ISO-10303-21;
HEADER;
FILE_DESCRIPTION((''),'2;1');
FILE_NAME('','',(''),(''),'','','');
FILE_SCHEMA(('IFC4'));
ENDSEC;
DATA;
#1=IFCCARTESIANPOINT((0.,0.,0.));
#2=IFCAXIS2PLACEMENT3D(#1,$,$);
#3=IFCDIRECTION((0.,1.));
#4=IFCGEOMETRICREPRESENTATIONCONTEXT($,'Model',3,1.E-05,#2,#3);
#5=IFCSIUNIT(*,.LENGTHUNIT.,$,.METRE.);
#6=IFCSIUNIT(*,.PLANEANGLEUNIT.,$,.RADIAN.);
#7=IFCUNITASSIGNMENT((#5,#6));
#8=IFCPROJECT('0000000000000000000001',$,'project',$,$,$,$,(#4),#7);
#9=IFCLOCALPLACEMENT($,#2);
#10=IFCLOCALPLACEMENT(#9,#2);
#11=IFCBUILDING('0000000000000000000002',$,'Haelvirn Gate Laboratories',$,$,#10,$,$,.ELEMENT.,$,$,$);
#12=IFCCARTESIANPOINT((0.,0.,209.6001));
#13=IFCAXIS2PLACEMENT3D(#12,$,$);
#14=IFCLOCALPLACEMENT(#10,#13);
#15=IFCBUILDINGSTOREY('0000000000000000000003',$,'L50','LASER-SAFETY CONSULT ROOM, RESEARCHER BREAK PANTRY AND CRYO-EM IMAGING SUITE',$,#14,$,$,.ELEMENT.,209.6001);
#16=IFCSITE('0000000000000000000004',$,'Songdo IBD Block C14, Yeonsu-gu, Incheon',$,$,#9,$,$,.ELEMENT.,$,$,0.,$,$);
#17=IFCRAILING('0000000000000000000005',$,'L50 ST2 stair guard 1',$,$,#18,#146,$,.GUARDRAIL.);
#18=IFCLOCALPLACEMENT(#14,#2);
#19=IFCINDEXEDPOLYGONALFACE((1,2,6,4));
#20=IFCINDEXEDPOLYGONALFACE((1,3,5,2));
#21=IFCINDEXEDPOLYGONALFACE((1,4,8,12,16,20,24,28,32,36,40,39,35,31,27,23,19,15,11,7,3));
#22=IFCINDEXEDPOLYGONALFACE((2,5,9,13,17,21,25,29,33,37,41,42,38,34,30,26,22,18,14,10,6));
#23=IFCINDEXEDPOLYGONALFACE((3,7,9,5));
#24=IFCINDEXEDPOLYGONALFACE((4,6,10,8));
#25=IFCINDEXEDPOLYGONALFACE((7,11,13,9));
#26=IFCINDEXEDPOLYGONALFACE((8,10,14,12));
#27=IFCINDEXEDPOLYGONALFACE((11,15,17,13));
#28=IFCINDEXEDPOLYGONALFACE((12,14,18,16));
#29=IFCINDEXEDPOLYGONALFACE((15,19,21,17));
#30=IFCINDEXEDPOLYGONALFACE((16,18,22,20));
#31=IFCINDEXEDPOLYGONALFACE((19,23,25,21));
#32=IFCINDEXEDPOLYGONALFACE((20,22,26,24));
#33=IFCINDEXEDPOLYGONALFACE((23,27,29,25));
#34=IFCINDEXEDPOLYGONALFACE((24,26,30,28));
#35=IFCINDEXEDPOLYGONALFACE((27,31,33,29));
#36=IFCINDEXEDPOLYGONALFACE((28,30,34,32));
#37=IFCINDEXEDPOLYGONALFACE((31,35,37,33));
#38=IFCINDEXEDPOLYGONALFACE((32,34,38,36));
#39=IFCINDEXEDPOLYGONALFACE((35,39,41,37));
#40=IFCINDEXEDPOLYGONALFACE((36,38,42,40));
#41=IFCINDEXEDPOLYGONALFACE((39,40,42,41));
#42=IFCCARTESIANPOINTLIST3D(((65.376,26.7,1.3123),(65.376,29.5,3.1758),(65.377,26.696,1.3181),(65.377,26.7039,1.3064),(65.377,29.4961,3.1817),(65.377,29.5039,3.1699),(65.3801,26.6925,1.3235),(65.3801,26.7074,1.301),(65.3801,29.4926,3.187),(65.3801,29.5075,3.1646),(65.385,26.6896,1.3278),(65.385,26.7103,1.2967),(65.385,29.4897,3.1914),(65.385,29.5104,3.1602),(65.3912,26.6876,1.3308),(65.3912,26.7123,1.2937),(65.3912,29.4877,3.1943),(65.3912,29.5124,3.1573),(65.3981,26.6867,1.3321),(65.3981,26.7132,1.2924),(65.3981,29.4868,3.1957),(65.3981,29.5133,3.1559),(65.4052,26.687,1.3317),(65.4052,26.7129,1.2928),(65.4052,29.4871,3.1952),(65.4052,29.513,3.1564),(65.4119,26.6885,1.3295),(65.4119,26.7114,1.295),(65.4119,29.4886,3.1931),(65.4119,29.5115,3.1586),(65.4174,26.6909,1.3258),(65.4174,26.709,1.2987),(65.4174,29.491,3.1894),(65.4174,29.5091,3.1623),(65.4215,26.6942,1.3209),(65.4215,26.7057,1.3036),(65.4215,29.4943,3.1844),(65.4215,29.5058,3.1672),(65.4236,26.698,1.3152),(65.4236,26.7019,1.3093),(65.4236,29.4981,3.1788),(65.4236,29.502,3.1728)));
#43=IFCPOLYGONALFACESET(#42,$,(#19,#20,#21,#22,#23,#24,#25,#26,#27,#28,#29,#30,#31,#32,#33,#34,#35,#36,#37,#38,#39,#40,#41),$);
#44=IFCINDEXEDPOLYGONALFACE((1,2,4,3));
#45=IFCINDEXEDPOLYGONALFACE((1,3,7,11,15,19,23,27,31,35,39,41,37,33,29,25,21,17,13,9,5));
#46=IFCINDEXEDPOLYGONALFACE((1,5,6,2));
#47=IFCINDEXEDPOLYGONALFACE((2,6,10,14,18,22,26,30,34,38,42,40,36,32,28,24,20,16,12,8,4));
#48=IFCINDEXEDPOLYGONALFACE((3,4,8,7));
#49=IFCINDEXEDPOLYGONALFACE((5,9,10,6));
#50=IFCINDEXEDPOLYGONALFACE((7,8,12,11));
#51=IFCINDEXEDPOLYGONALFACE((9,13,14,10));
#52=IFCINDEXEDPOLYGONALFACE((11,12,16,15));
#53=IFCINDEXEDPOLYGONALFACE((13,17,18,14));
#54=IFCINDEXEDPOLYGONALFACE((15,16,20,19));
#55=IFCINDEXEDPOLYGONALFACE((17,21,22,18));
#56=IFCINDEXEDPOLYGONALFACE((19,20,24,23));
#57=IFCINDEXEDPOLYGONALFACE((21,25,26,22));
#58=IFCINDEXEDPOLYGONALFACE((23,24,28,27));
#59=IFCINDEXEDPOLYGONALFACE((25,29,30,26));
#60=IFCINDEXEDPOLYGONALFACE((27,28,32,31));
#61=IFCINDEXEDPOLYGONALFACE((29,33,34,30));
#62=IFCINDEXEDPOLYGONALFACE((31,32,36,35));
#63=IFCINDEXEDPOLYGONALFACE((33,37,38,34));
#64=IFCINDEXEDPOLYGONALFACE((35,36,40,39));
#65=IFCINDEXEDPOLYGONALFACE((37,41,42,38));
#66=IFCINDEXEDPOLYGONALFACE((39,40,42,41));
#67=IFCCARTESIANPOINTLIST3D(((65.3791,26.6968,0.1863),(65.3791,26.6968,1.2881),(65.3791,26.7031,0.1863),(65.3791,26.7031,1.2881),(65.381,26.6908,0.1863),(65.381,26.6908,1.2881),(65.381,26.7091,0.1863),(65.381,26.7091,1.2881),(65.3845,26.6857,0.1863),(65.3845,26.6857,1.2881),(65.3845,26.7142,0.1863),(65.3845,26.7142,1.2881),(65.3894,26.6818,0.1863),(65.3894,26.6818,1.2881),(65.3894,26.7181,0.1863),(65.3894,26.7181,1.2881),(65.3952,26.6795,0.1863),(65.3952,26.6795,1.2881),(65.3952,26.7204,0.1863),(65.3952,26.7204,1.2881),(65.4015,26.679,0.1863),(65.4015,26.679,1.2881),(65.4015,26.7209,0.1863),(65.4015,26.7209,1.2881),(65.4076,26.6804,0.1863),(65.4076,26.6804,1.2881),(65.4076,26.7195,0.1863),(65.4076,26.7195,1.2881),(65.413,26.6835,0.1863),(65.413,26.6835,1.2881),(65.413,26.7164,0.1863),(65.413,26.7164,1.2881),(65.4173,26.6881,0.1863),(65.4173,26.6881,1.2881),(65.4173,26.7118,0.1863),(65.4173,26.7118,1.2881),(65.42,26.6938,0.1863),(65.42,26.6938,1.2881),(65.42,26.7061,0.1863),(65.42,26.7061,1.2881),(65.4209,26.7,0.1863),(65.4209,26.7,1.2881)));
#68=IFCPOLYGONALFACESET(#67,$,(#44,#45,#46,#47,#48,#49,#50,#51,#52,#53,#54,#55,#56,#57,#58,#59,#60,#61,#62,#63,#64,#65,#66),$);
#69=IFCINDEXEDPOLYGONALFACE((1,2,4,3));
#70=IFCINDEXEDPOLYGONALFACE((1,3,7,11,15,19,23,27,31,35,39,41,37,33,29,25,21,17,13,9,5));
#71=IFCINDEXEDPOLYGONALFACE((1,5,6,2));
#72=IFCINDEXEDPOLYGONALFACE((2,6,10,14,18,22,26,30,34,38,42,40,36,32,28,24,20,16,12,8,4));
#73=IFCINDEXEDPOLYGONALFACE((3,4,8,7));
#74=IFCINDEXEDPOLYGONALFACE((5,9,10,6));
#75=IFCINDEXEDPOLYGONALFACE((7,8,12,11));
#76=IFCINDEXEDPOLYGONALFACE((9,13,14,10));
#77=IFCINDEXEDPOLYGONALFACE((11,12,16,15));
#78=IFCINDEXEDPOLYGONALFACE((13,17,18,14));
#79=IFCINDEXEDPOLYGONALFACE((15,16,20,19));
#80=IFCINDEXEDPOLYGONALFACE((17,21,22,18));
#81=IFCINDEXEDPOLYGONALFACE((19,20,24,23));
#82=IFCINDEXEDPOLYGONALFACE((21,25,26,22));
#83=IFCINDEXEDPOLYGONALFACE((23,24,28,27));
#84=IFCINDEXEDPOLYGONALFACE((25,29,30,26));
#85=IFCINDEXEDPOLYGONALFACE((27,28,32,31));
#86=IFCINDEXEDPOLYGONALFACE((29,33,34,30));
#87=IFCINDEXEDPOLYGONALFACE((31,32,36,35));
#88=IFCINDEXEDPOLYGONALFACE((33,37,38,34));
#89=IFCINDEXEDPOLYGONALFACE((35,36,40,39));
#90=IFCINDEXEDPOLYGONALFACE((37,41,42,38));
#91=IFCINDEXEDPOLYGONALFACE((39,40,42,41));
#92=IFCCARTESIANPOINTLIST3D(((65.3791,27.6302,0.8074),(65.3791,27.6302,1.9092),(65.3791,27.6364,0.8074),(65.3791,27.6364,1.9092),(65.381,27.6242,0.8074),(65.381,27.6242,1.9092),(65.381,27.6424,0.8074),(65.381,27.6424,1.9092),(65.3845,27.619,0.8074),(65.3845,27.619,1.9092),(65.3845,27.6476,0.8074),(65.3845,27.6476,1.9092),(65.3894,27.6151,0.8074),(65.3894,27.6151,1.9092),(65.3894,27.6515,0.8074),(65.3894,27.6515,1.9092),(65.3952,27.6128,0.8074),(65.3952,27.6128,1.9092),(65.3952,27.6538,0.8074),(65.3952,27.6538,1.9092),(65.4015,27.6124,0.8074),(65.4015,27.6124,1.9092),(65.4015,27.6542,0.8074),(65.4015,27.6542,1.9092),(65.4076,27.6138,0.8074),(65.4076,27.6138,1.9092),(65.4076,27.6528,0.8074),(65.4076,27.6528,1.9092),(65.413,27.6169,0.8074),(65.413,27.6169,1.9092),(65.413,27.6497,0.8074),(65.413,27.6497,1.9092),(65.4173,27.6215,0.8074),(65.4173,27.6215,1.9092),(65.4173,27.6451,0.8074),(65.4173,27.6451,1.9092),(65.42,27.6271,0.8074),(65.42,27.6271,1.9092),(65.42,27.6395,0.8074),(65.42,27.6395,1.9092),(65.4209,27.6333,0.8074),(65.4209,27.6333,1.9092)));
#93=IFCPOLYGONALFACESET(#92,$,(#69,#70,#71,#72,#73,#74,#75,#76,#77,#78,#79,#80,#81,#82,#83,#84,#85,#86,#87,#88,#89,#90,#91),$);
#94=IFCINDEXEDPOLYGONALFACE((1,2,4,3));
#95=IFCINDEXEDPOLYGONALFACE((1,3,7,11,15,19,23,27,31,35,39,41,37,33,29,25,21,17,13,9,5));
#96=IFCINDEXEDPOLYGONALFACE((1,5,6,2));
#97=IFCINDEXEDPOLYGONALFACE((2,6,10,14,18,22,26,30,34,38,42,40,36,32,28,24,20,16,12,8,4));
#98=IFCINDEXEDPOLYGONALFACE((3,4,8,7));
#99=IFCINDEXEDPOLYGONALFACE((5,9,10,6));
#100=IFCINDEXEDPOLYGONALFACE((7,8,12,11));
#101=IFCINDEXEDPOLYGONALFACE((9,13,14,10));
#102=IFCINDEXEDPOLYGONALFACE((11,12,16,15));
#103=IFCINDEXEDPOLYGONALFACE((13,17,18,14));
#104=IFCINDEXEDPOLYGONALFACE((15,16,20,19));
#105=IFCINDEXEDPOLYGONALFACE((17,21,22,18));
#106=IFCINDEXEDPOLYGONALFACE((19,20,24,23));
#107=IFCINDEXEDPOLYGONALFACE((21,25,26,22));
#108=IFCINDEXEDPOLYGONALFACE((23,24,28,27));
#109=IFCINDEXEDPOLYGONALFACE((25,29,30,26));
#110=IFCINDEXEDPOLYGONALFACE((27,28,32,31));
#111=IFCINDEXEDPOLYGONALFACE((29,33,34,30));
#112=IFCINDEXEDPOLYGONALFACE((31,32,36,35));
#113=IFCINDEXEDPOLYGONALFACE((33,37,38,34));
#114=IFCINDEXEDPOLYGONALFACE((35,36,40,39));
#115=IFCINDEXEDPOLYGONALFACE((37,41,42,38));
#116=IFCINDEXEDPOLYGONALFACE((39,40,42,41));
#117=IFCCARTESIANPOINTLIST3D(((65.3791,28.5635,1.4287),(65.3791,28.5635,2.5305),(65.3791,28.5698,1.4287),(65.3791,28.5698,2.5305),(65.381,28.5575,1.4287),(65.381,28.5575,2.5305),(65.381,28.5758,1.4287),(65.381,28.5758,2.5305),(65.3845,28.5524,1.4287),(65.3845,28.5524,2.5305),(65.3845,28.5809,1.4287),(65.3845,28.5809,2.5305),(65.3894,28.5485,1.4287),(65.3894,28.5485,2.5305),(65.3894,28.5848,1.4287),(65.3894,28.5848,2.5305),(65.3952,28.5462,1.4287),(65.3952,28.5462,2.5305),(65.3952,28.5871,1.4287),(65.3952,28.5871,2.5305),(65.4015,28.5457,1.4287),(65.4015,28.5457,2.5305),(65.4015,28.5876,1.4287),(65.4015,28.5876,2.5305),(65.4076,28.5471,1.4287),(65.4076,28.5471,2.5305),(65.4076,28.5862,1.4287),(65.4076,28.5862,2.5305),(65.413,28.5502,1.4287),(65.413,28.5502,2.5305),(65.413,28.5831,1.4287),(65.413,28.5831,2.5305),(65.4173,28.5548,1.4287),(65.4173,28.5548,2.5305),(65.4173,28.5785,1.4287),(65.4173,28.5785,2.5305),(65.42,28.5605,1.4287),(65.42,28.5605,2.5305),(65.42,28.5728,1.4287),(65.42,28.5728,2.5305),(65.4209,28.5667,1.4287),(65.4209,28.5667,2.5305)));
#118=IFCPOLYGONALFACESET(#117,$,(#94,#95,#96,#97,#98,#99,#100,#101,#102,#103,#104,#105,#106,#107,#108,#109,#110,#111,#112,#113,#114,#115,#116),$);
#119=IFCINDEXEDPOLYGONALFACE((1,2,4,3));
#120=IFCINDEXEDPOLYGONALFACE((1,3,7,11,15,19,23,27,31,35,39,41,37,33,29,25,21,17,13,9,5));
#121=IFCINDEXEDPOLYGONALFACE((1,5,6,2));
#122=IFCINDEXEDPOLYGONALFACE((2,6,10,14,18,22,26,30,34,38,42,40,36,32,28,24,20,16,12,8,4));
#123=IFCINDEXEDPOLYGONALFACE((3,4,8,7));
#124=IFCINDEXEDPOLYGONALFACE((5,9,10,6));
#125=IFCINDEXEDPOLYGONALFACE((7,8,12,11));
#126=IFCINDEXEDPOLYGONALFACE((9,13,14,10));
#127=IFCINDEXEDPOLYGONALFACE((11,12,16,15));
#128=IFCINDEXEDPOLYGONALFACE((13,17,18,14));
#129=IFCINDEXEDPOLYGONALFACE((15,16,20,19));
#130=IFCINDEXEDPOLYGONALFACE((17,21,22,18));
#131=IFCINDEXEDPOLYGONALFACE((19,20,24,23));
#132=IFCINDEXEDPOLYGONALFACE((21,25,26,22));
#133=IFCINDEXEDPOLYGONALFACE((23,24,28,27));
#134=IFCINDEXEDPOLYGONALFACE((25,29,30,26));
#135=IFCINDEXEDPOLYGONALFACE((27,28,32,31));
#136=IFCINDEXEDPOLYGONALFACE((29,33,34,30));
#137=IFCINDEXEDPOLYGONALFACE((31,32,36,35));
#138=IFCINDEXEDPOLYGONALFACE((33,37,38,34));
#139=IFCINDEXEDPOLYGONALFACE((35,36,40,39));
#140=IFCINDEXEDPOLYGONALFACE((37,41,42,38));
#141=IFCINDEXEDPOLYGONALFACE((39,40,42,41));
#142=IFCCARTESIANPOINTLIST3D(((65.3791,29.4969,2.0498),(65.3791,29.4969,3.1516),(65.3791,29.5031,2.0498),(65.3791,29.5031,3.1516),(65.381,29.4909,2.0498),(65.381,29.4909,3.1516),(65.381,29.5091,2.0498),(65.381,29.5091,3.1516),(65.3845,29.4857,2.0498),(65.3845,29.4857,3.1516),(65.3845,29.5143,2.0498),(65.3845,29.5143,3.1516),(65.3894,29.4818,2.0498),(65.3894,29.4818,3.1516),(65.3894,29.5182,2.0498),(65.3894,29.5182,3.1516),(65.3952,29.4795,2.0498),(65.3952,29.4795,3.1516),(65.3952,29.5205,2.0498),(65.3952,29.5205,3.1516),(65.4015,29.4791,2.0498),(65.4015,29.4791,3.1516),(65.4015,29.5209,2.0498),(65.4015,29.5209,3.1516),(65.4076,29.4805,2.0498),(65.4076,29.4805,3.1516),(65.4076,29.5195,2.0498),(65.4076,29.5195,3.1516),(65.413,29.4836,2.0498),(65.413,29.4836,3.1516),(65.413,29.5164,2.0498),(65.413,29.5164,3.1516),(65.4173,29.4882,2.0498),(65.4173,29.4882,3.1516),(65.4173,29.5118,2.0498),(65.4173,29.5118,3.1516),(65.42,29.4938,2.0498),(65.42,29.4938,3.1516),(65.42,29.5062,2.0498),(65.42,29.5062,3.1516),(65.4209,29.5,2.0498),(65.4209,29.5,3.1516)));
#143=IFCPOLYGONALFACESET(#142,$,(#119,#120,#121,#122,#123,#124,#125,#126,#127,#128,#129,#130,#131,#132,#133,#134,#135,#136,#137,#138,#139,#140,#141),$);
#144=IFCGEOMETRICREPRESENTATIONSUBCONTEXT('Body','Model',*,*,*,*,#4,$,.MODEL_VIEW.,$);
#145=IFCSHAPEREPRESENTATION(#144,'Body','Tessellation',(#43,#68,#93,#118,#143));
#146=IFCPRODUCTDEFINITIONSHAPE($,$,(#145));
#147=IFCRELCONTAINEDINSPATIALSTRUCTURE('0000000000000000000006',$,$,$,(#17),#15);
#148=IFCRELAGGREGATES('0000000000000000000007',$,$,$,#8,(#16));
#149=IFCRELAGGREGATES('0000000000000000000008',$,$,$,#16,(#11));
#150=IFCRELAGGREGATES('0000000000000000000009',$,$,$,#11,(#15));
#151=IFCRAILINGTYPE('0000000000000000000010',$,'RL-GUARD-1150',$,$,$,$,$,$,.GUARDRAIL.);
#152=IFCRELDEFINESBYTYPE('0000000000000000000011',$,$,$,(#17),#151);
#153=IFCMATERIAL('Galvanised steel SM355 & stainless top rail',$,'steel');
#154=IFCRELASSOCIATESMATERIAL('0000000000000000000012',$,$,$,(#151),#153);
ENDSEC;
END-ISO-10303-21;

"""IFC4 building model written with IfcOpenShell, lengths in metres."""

from ifc_helpers import new_model, si_unit, direction, frame, origin, origin_2d, place, context, subcontext, project, spatial, circle, extrude, source, transform, mapped, material, type_object, element, save


model = new_model("IFC4")

# Units and contexts
model_context = context("Model", 3, precision=1e-05, world=origin(), true_north=direction((0.0, 1.0)))
body_context = subcontext(model_context, "Body", "Model", "MODEL_VIEW")
ifc_project = project(units=[si_unit("LENGTHUNIT", "METRE"), si_unit("PLANEANGLEUNIT", "RADIAN")], contexts=[model_context])

# Site, building, storey
site_placement = place(None, origin())
site = spatial("IfcSite", under=ifc_project, at=site_placement, Name="Songdo IBD Block C14, Yeonsu-gu, Incheon", CompositionType="ELEMENT", RefElevation=0.0)
building_placement = place(site_placement, origin())
building = spatial("IfcBuilding", under=site, at=building_placement, Name="Haelvirn Gate Laboratories", CompositionType="ELEMENT")
storey_placement = place(building_placement, frame((0.0, 0.0, 209.6001)))
storey = spatial("IfcBuildingStorey", under=building, at=storey_placement, Name="L50", Description="LASER-SAFETY CONSULT ROOM, RESEARCHER BREAK PANTRY AND CRYO-EM IMAGING SUITE", CompositionType="ELEMENT", Elevation=209.6001)

# Railing
ifc_material_1 = material(Name="Galvanised steel SM355 & stainless top rail", Category="steel")
railing_type_1 = type_object("IfcRailingType", Name="RL-GUARD-1150", PredefinedType="GUARDRAIL", material=ifc_material_1)
shared_shape_1 = source(origin(), body_context, "Body", "SweptSolid", [
    extrude(circle(Radius=0.0239, at=origin_2d()), frame((0.0, 0.0, 1.126), z_axis=(0.0, 0.832486, 0.554047), x_axis=(-1.0, 0.0, 0.0)), (0.0, 0.0, 1.0), 3.3635),
    extrude(circle(Radius=0.021, at=origin_2d()), origin(), (0.0, 0.0, 1.0), 1.1018),
    extrude(circle(Radius=0.021, at=origin_2d()), frame((0.0, 0.9333, 0.6211)), (0.0, 0.0, 1.0), 1.1018),
    extrude(circle(Radius=0.021, at=origin_2d()), frame((0.0, 1.8667, 1.2424)), (0.0, 0.0, 1.0), 1.1018),
    extrude(circle(Radius=0.021, at=origin_2d()), frame((0.0, 2.8, 1.8635)), (0.0, 0.0, 1.0), 1.1018),
])
railing_1_placement = place(storey_placement, frame((65.3999, 26.7, 0.1863)))
element("IfcRailing", 1, at=railing_1_placement, inside=storey, type_object=railing_type_1, Name="L50 ST2 stair guard 1", PredefinedType="GUARDRAIL", context=body_context, shape_type="MappedRepresentation", body=[
    mapped(shared_shape_1, transform((0.0, 0.0, 0.0), scale=1.0)),
])

save(model, "model.ifc")
